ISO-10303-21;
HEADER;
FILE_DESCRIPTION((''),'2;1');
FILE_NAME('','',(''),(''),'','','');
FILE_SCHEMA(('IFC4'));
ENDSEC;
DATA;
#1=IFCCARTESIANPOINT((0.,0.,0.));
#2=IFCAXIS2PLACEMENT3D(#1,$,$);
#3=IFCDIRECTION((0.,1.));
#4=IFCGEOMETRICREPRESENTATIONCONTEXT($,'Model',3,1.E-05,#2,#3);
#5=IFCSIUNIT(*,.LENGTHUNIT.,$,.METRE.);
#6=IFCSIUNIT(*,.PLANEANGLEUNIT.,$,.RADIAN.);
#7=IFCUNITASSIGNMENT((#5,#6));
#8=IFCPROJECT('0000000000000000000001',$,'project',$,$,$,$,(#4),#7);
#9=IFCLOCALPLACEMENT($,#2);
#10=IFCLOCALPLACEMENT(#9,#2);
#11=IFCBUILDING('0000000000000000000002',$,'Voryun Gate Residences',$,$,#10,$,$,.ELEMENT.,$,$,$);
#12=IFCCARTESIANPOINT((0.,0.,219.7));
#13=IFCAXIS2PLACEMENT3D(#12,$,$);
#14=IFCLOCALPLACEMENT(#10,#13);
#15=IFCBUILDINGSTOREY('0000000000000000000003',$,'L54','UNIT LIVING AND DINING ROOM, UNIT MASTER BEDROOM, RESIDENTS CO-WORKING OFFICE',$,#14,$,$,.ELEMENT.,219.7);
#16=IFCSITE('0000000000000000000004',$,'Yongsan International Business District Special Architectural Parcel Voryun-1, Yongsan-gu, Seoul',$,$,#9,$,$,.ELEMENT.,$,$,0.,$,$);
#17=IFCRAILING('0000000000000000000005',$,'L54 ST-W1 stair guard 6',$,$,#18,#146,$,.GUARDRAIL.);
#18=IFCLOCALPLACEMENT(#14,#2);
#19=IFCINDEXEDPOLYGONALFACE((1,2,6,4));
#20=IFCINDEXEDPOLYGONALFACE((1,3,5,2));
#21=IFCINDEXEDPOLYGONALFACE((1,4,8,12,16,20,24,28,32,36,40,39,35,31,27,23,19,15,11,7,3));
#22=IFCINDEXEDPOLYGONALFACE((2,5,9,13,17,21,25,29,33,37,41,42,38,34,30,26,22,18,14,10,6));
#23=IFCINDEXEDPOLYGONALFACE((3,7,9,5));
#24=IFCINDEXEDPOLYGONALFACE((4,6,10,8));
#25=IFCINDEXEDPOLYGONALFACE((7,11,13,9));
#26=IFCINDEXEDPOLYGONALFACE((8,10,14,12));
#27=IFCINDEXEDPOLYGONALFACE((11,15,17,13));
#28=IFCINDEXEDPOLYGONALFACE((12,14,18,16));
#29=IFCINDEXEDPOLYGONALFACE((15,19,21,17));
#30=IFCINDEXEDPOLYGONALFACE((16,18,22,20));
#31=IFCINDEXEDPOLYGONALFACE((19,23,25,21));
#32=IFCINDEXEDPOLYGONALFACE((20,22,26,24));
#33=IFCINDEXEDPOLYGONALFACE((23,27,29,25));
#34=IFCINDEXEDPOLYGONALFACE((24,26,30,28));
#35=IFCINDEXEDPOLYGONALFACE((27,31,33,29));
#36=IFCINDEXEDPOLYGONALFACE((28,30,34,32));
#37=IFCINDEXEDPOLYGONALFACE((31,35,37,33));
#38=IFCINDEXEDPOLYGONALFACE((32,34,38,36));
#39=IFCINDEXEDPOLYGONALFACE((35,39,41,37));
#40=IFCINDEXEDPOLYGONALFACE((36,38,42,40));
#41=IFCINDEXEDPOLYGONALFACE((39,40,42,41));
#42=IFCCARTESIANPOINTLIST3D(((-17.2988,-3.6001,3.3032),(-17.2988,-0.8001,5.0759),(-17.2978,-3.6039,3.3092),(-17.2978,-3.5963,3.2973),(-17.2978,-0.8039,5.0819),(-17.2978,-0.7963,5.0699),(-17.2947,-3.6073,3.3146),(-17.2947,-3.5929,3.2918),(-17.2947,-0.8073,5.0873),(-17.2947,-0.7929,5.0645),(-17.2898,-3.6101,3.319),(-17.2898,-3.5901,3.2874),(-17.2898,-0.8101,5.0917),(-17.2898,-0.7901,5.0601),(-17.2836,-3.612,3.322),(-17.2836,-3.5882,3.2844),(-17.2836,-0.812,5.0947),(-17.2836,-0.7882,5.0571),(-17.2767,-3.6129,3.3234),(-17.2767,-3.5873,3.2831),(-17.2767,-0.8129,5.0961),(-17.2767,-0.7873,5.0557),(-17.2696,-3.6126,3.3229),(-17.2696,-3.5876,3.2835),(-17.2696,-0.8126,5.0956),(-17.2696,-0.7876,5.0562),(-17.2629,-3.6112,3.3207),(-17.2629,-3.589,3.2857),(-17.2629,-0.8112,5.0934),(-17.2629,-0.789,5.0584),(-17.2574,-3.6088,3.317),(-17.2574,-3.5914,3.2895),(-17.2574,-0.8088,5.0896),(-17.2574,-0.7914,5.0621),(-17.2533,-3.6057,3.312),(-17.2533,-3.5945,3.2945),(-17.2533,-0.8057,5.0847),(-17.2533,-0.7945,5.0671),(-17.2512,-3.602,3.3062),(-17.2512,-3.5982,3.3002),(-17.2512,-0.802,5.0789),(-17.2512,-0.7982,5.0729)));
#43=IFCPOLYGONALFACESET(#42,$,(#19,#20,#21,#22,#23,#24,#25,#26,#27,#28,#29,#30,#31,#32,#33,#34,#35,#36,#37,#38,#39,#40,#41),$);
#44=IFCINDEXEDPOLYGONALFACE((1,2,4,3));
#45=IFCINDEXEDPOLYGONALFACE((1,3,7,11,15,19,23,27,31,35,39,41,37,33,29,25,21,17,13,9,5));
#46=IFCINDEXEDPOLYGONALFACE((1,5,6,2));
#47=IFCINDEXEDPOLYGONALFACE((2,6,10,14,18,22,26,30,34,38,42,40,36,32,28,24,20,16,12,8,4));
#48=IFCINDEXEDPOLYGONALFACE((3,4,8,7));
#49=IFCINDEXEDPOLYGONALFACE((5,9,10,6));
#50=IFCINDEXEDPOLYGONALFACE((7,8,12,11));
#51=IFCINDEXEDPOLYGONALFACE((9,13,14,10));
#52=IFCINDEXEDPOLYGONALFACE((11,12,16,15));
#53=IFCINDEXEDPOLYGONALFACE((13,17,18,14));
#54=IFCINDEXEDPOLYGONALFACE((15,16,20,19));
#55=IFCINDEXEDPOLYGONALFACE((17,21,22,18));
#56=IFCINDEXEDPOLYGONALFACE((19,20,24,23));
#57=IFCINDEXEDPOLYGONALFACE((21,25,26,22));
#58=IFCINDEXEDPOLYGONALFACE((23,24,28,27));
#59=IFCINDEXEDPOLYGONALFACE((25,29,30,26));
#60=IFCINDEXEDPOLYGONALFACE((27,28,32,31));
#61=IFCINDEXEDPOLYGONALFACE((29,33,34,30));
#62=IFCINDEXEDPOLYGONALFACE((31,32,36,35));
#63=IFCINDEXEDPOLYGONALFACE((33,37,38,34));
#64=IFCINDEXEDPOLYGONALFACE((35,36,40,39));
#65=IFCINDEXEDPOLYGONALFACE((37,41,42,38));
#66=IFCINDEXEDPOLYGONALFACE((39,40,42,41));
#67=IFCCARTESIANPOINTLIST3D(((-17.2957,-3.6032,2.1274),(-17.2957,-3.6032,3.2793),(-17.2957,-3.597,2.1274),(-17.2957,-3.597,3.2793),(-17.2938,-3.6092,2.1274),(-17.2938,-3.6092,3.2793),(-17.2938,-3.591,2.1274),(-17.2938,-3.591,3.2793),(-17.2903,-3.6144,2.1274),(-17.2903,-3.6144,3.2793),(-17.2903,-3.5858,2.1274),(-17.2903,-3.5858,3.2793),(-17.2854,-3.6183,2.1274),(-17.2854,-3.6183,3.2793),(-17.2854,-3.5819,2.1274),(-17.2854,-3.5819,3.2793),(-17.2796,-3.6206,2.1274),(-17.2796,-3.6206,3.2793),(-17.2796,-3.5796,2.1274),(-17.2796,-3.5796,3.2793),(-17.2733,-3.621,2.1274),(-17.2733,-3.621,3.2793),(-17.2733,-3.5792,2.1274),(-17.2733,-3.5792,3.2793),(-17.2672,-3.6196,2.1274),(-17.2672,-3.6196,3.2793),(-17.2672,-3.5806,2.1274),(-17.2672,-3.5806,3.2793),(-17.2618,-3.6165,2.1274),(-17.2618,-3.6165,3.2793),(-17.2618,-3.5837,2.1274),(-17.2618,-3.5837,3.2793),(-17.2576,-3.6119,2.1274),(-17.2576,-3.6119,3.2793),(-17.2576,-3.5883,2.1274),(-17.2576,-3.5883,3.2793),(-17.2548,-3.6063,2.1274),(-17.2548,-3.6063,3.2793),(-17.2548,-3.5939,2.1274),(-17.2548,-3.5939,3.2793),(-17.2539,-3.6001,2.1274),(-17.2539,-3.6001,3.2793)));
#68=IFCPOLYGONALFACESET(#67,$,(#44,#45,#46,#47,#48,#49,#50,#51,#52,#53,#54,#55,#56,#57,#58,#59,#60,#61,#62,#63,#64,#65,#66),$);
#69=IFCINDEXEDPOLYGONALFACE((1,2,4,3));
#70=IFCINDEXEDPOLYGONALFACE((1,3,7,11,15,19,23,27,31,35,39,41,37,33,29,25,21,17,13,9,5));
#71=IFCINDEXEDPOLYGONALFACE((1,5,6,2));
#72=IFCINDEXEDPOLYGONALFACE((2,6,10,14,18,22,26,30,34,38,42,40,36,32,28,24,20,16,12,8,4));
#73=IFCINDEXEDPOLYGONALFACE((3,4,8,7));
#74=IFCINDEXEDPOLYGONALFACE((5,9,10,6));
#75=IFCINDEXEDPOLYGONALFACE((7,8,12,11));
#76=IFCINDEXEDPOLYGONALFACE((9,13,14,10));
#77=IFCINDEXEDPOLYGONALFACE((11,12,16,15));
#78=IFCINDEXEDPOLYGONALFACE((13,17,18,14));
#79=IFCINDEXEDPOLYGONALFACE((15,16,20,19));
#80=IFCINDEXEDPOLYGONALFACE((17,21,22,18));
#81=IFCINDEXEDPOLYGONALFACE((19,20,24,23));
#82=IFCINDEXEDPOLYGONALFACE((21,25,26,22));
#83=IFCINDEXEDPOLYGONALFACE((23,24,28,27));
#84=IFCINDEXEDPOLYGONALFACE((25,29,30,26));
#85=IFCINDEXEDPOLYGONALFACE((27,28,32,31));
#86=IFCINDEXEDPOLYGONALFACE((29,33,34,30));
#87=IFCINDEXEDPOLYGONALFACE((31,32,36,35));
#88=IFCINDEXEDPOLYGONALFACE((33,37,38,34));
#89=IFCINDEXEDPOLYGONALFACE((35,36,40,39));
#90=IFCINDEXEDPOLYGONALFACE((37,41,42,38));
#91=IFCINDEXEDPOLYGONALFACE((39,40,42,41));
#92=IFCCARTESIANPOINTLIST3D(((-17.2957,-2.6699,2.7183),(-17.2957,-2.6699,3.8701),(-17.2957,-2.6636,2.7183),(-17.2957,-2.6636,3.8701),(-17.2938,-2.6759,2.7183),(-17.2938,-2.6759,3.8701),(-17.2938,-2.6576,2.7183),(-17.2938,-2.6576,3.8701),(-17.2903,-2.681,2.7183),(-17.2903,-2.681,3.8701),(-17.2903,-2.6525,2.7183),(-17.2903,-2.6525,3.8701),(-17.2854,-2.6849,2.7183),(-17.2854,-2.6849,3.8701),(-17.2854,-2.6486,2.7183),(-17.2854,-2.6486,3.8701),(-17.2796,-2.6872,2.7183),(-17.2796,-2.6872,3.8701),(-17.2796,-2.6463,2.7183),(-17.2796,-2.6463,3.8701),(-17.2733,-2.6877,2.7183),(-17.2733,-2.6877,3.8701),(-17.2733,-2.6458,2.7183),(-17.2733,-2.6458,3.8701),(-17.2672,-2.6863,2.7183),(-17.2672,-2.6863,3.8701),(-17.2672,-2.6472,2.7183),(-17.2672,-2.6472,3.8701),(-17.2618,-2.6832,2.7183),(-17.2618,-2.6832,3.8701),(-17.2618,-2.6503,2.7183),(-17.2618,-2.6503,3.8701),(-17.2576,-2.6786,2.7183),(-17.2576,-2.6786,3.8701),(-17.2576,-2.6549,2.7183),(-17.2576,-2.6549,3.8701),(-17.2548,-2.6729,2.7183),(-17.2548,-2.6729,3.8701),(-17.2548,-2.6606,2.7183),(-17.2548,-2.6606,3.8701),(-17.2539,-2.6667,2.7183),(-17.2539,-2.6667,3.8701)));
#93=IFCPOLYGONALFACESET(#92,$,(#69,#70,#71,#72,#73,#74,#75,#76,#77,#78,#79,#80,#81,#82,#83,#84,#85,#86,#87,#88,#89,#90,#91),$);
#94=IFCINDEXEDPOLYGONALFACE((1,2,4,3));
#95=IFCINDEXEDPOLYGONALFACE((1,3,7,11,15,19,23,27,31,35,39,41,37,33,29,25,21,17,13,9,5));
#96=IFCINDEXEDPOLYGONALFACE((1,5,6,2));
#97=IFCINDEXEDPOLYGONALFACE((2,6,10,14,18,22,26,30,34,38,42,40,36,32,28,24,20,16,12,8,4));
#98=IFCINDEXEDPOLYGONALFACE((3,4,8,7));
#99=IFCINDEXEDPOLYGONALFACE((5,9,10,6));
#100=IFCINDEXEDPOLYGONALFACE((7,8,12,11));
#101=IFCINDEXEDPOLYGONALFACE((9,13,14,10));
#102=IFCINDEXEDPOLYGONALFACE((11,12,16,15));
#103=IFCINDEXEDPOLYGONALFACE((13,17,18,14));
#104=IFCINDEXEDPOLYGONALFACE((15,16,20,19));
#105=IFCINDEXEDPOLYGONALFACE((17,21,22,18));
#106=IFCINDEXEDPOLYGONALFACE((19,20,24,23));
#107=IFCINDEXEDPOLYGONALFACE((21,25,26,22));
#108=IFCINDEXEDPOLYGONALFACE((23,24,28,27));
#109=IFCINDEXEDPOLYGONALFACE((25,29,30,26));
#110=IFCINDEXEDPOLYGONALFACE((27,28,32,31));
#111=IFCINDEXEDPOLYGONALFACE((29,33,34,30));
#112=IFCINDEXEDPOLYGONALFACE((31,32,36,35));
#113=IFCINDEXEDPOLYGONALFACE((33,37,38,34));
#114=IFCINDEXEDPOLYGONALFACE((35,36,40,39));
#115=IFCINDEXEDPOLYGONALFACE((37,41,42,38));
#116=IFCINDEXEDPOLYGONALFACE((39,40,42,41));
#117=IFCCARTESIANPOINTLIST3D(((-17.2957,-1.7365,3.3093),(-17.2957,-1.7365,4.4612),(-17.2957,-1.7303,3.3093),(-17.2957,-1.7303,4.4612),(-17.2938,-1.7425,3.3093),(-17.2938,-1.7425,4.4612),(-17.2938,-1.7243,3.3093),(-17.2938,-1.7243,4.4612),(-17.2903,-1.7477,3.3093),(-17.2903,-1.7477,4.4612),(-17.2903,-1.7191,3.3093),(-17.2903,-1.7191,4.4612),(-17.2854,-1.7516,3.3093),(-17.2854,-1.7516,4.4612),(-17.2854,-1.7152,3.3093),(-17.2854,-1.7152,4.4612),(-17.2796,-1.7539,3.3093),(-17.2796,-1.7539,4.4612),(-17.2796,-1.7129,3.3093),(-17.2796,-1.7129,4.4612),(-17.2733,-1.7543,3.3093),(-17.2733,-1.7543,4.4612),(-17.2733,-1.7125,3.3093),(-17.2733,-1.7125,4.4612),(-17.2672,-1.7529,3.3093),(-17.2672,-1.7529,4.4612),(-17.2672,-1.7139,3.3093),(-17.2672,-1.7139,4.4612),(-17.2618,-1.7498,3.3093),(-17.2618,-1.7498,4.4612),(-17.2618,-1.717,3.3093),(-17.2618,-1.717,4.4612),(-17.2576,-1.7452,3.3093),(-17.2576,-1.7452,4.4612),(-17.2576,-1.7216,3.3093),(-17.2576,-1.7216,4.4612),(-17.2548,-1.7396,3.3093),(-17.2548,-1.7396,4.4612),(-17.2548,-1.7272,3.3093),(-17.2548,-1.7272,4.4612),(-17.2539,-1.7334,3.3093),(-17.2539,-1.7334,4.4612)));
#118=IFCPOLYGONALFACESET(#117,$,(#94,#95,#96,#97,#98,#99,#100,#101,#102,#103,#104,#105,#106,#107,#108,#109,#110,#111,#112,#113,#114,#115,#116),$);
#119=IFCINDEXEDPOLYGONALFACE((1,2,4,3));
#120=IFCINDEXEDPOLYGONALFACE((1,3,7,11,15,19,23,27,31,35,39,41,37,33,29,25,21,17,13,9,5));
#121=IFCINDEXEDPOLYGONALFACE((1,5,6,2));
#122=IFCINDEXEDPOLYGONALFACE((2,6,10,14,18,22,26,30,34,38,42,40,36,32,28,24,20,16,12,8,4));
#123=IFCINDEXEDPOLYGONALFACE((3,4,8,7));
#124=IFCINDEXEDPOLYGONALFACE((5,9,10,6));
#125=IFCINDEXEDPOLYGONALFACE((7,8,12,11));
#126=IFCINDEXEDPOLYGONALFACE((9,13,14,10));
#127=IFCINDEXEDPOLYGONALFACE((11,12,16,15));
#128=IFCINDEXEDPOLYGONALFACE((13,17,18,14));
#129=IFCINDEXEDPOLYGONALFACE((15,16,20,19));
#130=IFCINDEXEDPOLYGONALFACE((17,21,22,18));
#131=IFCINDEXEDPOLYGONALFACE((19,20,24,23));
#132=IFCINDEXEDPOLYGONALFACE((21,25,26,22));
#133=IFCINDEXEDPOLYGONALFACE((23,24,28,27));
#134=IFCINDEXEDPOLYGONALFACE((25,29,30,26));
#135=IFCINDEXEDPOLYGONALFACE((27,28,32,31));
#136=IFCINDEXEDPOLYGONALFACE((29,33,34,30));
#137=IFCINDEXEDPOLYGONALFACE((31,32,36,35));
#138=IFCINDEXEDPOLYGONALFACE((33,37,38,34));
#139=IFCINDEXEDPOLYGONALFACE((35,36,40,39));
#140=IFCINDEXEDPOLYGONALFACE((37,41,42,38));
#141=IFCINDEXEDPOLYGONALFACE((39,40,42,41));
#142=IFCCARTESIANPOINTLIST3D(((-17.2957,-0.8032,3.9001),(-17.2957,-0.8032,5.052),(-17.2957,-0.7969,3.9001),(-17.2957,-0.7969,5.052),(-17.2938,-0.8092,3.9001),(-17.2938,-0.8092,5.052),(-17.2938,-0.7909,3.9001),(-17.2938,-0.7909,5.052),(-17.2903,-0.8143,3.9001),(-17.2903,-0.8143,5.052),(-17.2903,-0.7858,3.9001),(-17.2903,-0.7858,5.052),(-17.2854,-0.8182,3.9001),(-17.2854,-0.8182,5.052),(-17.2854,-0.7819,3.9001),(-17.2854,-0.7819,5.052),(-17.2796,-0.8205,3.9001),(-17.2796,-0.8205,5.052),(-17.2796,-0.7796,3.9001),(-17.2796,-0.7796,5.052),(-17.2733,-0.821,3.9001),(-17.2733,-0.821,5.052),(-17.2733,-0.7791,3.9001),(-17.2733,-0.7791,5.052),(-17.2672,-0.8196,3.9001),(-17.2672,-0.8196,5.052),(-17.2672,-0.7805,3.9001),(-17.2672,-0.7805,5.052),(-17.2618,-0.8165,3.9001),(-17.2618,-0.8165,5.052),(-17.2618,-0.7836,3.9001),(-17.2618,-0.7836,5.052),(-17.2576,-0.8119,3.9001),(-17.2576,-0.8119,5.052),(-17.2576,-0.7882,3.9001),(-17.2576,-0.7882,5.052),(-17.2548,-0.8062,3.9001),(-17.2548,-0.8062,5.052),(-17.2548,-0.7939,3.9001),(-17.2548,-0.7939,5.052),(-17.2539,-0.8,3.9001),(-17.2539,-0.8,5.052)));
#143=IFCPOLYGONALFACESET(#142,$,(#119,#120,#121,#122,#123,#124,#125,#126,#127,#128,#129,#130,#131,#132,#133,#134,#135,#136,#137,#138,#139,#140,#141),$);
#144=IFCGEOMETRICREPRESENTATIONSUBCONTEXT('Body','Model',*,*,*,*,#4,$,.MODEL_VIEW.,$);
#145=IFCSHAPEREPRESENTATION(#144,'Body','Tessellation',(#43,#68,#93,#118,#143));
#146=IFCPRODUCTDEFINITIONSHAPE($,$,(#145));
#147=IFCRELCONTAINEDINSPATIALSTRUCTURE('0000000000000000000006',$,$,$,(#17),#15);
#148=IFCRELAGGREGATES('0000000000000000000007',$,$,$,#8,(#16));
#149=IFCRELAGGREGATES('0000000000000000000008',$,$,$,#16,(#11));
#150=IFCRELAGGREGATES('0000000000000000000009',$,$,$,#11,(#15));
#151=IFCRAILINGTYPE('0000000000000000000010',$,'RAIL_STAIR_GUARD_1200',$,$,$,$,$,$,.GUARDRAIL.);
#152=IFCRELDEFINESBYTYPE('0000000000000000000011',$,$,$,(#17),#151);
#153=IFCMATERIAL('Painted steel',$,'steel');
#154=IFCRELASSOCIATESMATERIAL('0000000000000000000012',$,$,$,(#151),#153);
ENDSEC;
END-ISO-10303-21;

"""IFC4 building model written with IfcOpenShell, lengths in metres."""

from ifc_helpers import new_model, si_unit, direction, frame, origin, origin_2d, place, context, subcontext, project, spatial, circle, extrude, material, type_object, element, save


model = new_model("IFC4")

# Units and contexts
model_context = context("Model", 3, precision=1e-05, world=origin(), true_north=direction((0.0, 1.0)))
body_context = subcontext(model_context, "Body", "Model", "MODEL_VIEW")
ifc_project = project(units=[si_unit("LENGTHUNIT", "METRE"), si_unit("PLANEANGLEUNIT", "RADIAN")], contexts=[model_context])

# Site, building, storey
site_placement = place(None, origin())
site = spatial("IfcSite", under=ifc_project, at=site_placement, Name="Yongsan International Business District Special Architectural Parcel Voryun-1, Yongsan-gu, Seoul", CompositionType="ELEMENT", RefElevation=0.0)
building_placement = place(site_placement, origin())
building = spatial("IfcBuilding", under=site, at=building_placement, Name="Voryun Gate Residences", CompositionType="ELEMENT")
storey_placement = place(building_placement, frame((0.0, 0.0, 219.7)))
storey = spatial("IfcBuildingStorey", under=building, at=storey_placement, Name="L54", Description="UNIT LIVING AND DINING ROOM, UNIT MASTER BEDROOM, RESIDENTS CO-WORKING OFFICE", CompositionType="ELEMENT", Elevation=219.7)

# Railing
ifc_material_1 = material(Name="Painted steel", Category="steel")
railing_type_1 = type_object("IfcRailingType", Name="RAIL_STAIR_GUARD_1200", PredefinedType="GUARDRAIL", material=ifc_material_1)
railing_1_placement = place(storey_placement, frame((-17.2749, -3.6001, 2.1274)))
element("IfcRailing", 1, at=railing_1_placement, inside=storey, type_object=railing_type_1, Name="L54 ST-W1 stair guard 6", PredefinedType="GUARDRAIL", context=body_context, shape_type="SweptSolid", body=[
    extrude(circle(Radius=0.0239, at=origin_2d()), frame((0.0, 0.0, 1.1758), z_axis=(0.0, 0.844909, 0.53491), x_axis=(-1.0, 0.0, 0.0)), (0.0, 0.0, 1.0), 3.314),
    extrude(circle(Radius=0.021, at=origin_2d()), origin(), (0.0, 0.0, 1.0), 1.1519),
    extrude(circle(Radius=0.021, at=origin_2d()), frame((0.0, 0.9333, 0.5908)), (0.0, 0.0, 1.0), 1.1519),
    extrude(circle(Radius=0.021, at=origin_2d()), frame((0.0, 1.8667, 1.1819)), (0.0, 0.0, 1.0), 1.1519),
    extrude(circle(Radius=0.021, at=origin_2d()), frame((0.0, 2.8, 1.7727)), (0.0, 0.0, 1.0), 1.1519),
])

save(model, "model.ifc")
